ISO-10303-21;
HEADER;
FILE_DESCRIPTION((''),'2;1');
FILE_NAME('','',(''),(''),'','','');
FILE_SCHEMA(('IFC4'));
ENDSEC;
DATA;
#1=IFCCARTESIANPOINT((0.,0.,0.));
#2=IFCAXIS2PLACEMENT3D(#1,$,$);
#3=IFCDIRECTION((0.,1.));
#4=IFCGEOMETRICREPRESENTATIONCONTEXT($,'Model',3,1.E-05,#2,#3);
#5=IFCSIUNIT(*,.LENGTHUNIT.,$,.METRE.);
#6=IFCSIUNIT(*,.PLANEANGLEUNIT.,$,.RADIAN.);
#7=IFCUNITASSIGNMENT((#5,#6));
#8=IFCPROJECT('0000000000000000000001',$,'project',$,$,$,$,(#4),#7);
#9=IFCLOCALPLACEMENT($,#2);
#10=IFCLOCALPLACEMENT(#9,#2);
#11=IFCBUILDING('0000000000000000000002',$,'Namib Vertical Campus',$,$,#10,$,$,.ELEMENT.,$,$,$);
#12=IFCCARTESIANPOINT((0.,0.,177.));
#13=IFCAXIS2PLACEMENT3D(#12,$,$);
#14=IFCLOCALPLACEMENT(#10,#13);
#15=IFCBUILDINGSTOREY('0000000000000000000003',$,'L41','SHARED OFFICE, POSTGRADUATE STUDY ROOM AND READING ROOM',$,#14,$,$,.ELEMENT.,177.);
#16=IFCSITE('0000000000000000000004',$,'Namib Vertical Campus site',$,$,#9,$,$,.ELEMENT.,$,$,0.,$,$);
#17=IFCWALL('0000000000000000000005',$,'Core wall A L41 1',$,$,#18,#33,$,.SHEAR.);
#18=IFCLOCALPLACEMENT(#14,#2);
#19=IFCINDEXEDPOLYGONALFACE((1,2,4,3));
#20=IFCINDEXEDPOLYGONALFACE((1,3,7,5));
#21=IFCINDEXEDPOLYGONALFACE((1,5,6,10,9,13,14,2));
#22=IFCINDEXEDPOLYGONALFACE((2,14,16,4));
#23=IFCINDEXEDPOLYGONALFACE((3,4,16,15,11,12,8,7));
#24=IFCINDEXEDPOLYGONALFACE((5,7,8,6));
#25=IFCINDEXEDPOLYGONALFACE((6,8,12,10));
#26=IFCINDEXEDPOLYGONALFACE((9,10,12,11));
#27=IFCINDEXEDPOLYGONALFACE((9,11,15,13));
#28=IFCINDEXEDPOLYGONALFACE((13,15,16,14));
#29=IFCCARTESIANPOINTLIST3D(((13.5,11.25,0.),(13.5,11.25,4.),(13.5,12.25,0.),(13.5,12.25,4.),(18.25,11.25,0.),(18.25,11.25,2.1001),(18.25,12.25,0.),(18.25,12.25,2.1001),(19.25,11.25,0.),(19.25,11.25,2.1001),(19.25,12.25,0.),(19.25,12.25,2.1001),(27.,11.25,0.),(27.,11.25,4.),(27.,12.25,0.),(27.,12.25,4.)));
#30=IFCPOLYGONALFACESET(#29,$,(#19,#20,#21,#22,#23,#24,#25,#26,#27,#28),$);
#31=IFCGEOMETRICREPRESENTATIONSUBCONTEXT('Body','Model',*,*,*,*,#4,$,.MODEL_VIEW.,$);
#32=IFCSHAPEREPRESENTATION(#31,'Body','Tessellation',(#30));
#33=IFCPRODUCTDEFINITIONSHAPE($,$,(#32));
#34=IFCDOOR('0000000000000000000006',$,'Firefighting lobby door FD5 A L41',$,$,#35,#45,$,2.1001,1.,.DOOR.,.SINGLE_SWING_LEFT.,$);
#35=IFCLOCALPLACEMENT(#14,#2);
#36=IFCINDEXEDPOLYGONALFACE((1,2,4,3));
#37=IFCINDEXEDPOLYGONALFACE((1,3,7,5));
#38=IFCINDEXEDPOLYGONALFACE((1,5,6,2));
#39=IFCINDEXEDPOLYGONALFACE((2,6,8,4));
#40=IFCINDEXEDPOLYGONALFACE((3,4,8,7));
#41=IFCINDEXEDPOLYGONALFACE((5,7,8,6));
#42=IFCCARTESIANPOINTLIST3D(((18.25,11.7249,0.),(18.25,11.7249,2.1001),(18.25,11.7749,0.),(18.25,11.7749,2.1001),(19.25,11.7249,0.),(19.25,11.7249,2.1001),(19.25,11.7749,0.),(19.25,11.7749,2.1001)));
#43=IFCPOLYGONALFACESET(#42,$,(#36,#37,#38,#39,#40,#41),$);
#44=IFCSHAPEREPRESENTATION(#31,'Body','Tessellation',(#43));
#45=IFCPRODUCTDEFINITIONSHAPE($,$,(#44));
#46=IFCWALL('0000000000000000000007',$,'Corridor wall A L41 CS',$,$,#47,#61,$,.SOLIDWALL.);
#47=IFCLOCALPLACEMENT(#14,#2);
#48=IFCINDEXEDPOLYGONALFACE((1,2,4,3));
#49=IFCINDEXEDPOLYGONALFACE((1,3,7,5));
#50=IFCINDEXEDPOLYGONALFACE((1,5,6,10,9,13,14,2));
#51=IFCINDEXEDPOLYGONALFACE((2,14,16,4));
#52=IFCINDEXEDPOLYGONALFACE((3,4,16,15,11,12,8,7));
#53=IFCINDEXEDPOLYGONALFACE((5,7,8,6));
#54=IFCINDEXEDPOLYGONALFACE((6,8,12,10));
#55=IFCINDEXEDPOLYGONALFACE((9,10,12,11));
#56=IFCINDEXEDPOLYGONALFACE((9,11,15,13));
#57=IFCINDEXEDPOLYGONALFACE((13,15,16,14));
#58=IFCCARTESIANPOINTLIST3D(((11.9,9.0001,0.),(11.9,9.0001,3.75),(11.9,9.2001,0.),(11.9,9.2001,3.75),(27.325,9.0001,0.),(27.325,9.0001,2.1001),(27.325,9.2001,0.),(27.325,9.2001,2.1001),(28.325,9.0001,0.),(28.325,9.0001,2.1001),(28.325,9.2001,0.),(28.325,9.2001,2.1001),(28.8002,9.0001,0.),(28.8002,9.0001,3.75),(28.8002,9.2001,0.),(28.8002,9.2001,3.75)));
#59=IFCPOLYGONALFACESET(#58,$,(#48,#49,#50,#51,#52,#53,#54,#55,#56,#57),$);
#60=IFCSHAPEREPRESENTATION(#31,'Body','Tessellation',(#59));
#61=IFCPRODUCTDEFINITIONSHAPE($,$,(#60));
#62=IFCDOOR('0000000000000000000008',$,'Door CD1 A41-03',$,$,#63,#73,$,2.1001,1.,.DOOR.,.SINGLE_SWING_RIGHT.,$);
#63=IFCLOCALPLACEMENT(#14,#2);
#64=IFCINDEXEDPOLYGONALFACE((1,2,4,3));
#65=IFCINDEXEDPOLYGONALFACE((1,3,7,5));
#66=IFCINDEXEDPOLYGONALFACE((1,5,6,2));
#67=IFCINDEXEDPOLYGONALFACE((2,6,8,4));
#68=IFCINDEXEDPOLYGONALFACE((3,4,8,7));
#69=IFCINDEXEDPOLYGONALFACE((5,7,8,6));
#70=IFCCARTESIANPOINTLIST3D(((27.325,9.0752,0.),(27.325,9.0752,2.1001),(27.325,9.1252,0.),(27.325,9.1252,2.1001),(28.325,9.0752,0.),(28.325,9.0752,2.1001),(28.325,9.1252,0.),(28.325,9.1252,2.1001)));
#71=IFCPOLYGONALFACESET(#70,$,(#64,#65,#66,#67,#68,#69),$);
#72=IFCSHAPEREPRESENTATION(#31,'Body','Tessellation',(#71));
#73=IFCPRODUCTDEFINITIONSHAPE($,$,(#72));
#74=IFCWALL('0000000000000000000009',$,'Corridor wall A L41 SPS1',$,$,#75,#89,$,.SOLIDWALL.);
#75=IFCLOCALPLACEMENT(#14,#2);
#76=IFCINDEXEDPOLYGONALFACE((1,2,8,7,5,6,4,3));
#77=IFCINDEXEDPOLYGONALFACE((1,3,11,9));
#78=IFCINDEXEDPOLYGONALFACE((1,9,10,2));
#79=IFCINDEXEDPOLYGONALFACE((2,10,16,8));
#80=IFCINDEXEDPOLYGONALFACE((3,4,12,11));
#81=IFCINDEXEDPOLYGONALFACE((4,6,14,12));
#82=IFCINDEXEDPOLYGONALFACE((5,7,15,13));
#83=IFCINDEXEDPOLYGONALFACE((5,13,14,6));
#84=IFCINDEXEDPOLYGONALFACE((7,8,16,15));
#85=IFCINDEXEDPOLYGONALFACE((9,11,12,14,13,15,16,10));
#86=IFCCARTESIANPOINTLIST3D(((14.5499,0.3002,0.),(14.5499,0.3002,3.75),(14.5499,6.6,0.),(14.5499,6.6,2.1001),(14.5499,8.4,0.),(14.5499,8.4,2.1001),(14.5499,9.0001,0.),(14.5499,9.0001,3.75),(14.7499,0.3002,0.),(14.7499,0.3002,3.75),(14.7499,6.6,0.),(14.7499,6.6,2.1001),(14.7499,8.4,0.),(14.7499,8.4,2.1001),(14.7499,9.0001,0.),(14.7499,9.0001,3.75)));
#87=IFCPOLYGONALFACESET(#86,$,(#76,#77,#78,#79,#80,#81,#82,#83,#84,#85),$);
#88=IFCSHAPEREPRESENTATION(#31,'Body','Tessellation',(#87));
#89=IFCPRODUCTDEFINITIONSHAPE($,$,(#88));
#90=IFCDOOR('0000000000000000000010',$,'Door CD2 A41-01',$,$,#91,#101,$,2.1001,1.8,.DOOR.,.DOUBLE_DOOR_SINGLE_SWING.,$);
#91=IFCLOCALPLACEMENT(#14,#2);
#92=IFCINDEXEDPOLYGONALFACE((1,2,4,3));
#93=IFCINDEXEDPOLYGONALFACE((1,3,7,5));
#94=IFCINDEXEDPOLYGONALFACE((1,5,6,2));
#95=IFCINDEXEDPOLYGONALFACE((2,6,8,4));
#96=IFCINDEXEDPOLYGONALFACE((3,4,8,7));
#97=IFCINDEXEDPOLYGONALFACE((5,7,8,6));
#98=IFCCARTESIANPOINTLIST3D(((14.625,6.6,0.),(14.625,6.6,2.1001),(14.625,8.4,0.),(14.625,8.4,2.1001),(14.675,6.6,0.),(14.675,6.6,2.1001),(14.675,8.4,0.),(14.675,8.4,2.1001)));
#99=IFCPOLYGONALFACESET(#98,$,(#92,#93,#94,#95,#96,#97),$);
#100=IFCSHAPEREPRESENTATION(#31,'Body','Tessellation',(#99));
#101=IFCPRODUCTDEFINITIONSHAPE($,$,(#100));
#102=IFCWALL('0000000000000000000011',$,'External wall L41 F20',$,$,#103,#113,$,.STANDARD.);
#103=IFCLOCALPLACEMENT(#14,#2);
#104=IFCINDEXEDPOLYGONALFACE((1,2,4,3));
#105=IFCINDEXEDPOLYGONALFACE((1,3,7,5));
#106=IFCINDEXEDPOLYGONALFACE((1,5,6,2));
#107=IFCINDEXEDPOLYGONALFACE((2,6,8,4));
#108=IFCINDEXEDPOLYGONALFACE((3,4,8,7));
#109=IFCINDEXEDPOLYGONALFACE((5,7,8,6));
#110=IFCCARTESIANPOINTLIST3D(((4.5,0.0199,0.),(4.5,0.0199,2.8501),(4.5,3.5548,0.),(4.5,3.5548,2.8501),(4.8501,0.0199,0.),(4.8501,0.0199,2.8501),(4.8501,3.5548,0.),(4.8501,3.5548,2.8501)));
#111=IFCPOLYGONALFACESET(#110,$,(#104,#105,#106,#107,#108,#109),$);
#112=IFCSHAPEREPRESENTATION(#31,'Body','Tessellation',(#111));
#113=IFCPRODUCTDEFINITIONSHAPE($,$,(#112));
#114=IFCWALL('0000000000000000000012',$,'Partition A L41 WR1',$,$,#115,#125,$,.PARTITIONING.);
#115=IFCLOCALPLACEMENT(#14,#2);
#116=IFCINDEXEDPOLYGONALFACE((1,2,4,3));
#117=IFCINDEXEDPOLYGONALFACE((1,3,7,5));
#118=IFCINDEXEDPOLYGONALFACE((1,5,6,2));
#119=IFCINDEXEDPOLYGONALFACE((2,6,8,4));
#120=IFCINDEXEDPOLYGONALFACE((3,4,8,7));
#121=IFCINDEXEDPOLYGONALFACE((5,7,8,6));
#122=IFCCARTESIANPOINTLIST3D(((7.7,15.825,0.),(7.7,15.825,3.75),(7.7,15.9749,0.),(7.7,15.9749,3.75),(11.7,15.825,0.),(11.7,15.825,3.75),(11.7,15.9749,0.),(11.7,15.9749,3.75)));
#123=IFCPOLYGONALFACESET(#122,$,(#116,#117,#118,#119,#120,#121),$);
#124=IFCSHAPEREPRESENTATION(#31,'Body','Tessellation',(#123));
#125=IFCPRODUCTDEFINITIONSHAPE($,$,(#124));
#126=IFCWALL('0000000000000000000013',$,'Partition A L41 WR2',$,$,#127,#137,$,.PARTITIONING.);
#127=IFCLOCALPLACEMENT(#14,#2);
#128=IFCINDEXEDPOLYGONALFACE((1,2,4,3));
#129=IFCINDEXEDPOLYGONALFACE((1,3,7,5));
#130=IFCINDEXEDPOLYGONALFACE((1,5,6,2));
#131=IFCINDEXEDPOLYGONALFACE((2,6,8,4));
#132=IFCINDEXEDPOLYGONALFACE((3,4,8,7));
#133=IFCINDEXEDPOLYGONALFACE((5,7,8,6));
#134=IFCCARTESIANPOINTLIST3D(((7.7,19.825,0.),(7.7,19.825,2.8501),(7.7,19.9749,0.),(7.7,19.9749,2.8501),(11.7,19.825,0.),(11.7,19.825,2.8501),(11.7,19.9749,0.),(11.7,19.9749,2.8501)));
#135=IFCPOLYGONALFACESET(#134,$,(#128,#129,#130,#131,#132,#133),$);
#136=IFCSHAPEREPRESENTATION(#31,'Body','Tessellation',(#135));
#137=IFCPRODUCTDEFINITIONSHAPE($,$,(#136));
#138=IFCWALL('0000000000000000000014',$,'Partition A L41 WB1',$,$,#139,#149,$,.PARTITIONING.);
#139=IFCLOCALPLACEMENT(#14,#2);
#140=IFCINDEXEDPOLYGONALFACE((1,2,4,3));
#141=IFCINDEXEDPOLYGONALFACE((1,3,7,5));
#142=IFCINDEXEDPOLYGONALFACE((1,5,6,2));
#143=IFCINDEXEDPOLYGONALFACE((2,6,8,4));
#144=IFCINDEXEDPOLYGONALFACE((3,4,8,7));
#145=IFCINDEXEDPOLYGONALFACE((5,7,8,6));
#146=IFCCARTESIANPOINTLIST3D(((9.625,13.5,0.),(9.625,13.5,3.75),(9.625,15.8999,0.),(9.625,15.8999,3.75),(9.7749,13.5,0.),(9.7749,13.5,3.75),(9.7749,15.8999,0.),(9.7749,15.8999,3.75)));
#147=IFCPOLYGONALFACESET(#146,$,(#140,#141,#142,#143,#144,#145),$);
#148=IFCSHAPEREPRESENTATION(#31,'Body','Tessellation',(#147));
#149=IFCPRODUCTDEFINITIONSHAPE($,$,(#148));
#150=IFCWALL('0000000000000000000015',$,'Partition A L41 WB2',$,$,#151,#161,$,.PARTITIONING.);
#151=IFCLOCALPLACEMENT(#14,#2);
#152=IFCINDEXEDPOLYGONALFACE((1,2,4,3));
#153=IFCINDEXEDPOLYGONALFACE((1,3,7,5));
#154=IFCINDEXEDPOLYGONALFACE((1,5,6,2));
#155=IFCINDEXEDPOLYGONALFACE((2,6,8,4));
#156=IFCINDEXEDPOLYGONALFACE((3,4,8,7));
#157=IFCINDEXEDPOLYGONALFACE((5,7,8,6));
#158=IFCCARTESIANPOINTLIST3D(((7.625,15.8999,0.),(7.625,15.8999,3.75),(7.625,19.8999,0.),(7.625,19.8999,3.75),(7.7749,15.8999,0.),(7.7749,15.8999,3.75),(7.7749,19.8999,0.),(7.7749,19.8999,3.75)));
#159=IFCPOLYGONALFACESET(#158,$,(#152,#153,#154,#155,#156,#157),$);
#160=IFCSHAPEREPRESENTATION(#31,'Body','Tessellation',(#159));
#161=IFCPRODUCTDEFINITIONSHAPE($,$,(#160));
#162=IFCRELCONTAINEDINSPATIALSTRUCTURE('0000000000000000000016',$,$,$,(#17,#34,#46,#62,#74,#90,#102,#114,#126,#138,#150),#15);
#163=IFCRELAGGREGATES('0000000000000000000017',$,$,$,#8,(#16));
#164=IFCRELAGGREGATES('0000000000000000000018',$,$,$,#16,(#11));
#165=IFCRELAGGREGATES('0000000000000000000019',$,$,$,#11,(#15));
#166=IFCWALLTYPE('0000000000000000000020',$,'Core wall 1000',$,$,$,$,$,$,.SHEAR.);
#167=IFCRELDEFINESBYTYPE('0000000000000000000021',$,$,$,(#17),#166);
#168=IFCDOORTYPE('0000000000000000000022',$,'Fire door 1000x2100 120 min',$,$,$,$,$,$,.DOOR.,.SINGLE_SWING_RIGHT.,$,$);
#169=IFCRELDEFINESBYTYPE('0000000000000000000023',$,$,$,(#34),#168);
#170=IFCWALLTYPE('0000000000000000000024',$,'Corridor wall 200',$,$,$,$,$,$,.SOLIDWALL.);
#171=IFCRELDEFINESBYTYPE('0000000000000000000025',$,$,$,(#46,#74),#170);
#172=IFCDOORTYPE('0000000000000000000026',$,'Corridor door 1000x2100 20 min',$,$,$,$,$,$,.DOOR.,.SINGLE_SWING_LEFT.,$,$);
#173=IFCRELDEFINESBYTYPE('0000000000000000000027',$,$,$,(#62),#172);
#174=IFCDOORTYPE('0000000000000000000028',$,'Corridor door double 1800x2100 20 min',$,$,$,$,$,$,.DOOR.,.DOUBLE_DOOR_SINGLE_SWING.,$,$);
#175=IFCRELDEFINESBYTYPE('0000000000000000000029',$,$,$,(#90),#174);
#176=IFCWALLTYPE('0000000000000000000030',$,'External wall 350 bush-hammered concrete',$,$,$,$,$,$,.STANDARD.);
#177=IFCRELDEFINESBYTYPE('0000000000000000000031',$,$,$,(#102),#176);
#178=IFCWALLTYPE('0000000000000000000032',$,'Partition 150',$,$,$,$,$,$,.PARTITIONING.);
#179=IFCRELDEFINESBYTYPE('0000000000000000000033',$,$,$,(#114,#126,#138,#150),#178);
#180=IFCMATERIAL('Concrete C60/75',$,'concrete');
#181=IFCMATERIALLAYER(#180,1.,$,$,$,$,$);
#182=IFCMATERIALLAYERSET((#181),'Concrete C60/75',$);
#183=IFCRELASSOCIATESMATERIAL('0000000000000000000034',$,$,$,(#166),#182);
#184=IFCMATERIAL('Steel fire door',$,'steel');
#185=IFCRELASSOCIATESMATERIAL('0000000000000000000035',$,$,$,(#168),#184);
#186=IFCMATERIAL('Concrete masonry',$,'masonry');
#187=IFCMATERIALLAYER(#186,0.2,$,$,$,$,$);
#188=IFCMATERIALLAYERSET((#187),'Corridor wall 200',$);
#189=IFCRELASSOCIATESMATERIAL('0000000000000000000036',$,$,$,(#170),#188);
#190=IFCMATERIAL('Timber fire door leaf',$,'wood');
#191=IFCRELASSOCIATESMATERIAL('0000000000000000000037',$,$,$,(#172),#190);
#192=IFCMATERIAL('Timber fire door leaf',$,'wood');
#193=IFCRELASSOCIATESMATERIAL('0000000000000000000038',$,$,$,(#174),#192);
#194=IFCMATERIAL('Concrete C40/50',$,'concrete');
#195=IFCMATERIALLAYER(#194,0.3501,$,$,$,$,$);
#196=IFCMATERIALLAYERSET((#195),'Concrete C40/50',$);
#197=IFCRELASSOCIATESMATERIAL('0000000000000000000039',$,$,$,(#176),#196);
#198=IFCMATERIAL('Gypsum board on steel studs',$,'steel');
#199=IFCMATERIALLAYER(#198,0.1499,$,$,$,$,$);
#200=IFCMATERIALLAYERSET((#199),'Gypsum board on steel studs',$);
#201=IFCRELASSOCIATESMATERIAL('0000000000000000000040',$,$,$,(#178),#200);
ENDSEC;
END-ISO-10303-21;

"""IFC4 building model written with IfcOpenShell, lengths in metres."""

from ifc_helpers import new_model, si_unit, direction, frame, frame_2d, origin, place, context, subcontext, project, spatial, rectangle, extrude, material, layer, layer_set, type_object, element, fill, save


model = new_model("IFC4")

# Units and contexts
model_context = context("Model", 3, precision=1e-05, world=origin(), true_north=direction((0.0, 1.0)))
body_context = subcontext(model_context, "Body", "Model", "MODEL_VIEW")
ifc_project = project(units=[si_unit("LENGTHUNIT", "METRE"), si_unit("PLANEANGLEUNIT", "RADIAN")], contexts=[model_context])

# Site, building, storey
site_placement = place(None, origin())
site = spatial("IfcSite", under=ifc_project, at=site_placement, Name="Namib Vertical Campus site", CompositionType="ELEMENT", RefElevation=0.0)
building_placement = place(site_placement, origin())
building = spatial("IfcBuilding", under=site, at=building_placement, Name="Namib Vertical Campus", CompositionType="ELEMENT")
storey_placement = place(building_placement, frame((0.0, 0.0, 177.0)))
storey = spatial("IfcBuildingStorey", under=building, at=storey_placement, Name="L41", Description="SHARED OFFICE, POSTGRADUATE STUDY ROOM AND READING ROOM", CompositionType="ELEMENT", Elevation=177.0)

# Walls, openings, doors
ifc_material_1 = material(Name="Concrete C60/75", Category="concrete")
ifc_layer_1 = layer(ifc_material_1, 1.0)
ifc_layer_set_1 = layer_set([ifc_layer_1], Name="Concrete C60/75")
wall_type_1 = type_object("IfcWallType", Name="Core wall 1000", PredefinedType="SHEAR", material=ifc_layer_set_1)
wall_1_placement = place(storey_placement, frame((13.5, 11.75, 0.0), z_axis=(0.0, 0.0, 1.0), x_axis=(1.0, 0.0, 0.0)))
wall_1 = element("IfcWall", 1, at=wall_1_placement, inside=storey, type_object=wall_type_1, Name="Core wall A L41 1", PredefinedType="SHEAR", context=body_context, shape_type="SweptSolid", body=[
    extrude(rectangle(XDim=13.5, YDim=1.0, at=frame_2d((6.75, 0.0))), origin(), (0.0, 0.0, 1.0), 4.0),
])
opening_1_placement = place(wall_1_placement, frame((4.75, 0.0, 0.0)))
opening_1 = element("IfcOpeningElement", 2, at=opening_1_placement, cuts=wall_1, PredefinedType="OPENING", context=body_context, shape_type="SweptSolid", body=[
    extrude(rectangle(XDim=1.0, YDim=2.1001, at=frame_2d((0.5, 1.05))), frame((0.0, 0.51, 0.0), z_axis=(0.0, -1.0, 0.0), x_axis=(1.0, 0.0, 0.0)), (0.0, 0.0, 1.0), 1.02),
])
ifc_material_2 = material(Name="Steel fire door", Category="steel")
door_type_1 = type_object("IfcDoorType", Name="Fire door 1000x2100 120 min", OperationType="SINGLE_SWING_RIGHT", PredefinedType="DOOR", material=ifc_material_2)
door_1_placement = place(opening_1_placement, origin())
door_1 = element("IfcDoor", 3, at=door_1_placement, inside=storey, type_object=door_type_1, Name="Firefighting lobby door FD5 A L41", OperationType="SINGLE_SWING_LEFT", OverallHeight=2.1001, OverallWidth=1.0, PredefinedType="DOOR", context=body_context, shape_type="SweptSolid", body=[
    extrude(rectangle(XDim=1.0, YDim=2.1001, at=frame_2d((0.5, 1.05))), frame((0.0, 0.0249, 0.0), z_axis=(0.0, -1.0, 0.0), x_axis=(1.0, 0.0, 0.0)), (0.0, 0.0, 1.0), 0.05),
])
fill(opening_1, door_1)
ifc_material_3 = material(Name="Concrete masonry", Category="masonry")
ifc_layer_2 = layer(ifc_material_3, 0.2)
ifc_layer_set_2 = layer_set([ifc_layer_2], Name="Corridor wall 200")
wall_type_2 = type_object("IfcWallType", Name="Corridor wall 200", PredefinedType="SOLIDWALL", material=ifc_layer_set_2)
wall_2_placement = place(storey_placement, frame((11.8999, 9.1001, 0.0), z_axis=(0.0, 0.0, 1.0), x_axis=(1.0, 0.0, 0.0)))
wall_2 = element("IfcWall", 4, at=wall_2_placement, inside=storey, type_object=wall_type_2, Name="Corridor wall A L41 CS", PredefinedType="SOLIDWALL", context=body_context, shape_type="SweptSolid", body=[
    extrude(rectangle(XDim=16.9001, YDim=0.2, at=frame_2d((8.4502, 0.0))), origin(), (0.0, 0.0, 1.0), 3.75),
])
opening_2_placement = place(wall_2_placement, frame((15.425, 0.0, 0.0)))
opening_2 = element("IfcOpeningElement", 5, at=opening_2_placement, cuts=wall_2, PredefinedType="OPENING", context=body_context, shape_type="SweptSolid", body=[
    extrude(rectangle(XDim=1.0, YDim=2.1001, at=frame_2d((0.5, 1.05))), frame((0.0, 0.1099, 0.0), z_axis=(0.0, -1.0, 0.0), x_axis=(1.0, 0.0, 0.0)), (0.0, 0.0, 1.0), 0.22),
])
ifc_material_4 = material(Name="Timber fire door leaf", Category="wood")
door_type_2 = type_object("IfcDoorType", Name="Corridor door 1000x2100 20 min", OperationType="SINGLE_SWING_LEFT", PredefinedType="DOOR", material=ifc_material_4)
door_2_placement = place(opening_2_placement, frame((1.0, 0.0, 0.0), z_axis=(0.0, 0.0, 1.0), x_axis=(-1.0, 0.0, 0.0)))
door_2 = element("IfcDoor", 6, at=door_2_placement, inside=storey, type_object=door_type_2, Name="Door CD1 A41-03", OperationType="SINGLE_SWING_RIGHT", OverallHeight=2.1001, OverallWidth=1.0, PredefinedType="DOOR", context=body_context, shape_type="SweptSolid", body=[
    extrude(rectangle(XDim=1.0, YDim=2.1001, at=frame_2d((0.5, 1.05))), frame((0.0, 0.0249, 0.0), z_axis=(0.0, -1.0, 0.0), x_axis=(1.0, 0.0, 0.0)), (0.0, 0.0, 1.0), 0.05),
])
fill(opening_2, door_2)
wall_3_placement = place(storey_placement, frame((14.6499, 0.3, 0.0), z_axis=(0.0, 0.0, 1.0), x_axis=(0.0, 1.0, 0.0)))
wall_3 = element("IfcWall", 7, at=wall_3_placement, inside=storey, type_object=wall_type_2, Name="Corridor wall A L41 SPS1", PredefinedType="SOLIDWALL", context=body_context, shape_type="SweptSolid", body=[
    extrude(rectangle(XDim=8.7, YDim=0.2, at=frame_2d((4.3501, 0.0))), origin(), (0.0, 0.0, 1.0), 3.75),
])
opening_3_placement = place(wall_3_placement, frame((6.3, 0.0, 0.0)))
opening_3 = element("IfcOpeningElement", 8, at=opening_3_placement, cuts=wall_3, PredefinedType="OPENING", context=body_context, shape_type="SweptSolid", body=[
    extrude(rectangle(XDim=1.8, YDim=2.1001, at=frame_2d((0.8999, 1.05))), frame((0.0, 0.1099, 0.0), z_axis=(0.0, -1.0, 0.0), x_axis=(1.0, 0.0, 0.0)), (0.0, 0.0, 1.0), 0.22),
])
ifc_material_5 = material(Name="Timber fire door leaf", Category="wood")
door_type_3 = type_object("IfcDoorType", Name="Corridor door double 1800x2100 20 min", OperationType="DOUBLE_DOOR_SINGLE_SWING", PredefinedType="DOOR", material=ifc_material_5)
door_3_placement = place(opening_3_placement, origin())
door_3 = element("IfcDoor", 9, at=door_3_placement, inside=storey, type_object=door_type_3, Name="Door CD2 A41-01", OperationType="DOUBLE_DOOR_SINGLE_SWING", OverallHeight=2.1001, OverallWidth=1.8, PredefinedType="DOOR", context=body_context, shape_type="SweptSolid", body=[
    extrude(rectangle(XDim=1.8, YDim=2.1001, at=frame_2d((0.8999, 1.05))), frame((0.0, 0.0249, 0.0), z_axis=(0.0, -1.0, 0.0), x_axis=(1.0, 0.0, 0.0)), (0.0, 0.0, 1.0), 0.05),
])
fill(opening_3, door_3)

# Walls
ifc_material_6 = material(Name="Concrete C40/50", Category="concrete")
ifc_layer_3 = layer(ifc_material_6, 0.3501)
ifc_layer_set_3 = layer_set([ifc_layer_3], Name="Concrete C40/50")
wall_type_3 = type_object("IfcWallType", Name="External wall 350 bush-hammered concrete", PredefinedType="STANDARD", material=ifc_layer_set_3)
wall_4_placement = place(storey_placement, frame((4.675, 3.5549, 0.0), z_axis=(0.0, 0.0, 1.0), x_axis=(0.0, -1.0, 0.0)))
element("IfcWall", 10, at=wall_4_placement, inside=storey, type_object=wall_type_3, Name="External wall L41 F20", PredefinedType="STANDARD", context=body_context, shape_type="SweptSolid", body=[
    extrude(rectangle(XDim=3.5349, YDim=0.3501, at=frame_2d((1.7676, 0.0))), origin(), (0.0, 0.0, 1.0), 2.8501),
])
ifc_material_7 = material(Name="Gypsum board on steel studs", Category="steel")
ifc_layer_4 = layer(ifc_material_7, 0.1499)
ifc_layer_set_4 = layer_set([ifc_layer_4], Name="Gypsum board on steel studs")
wall_type_4 = type_object("IfcWallType", Name="Partition 150", PredefinedType="PARTITIONING", material=ifc_layer_set_4)
wall_5_placement = place(storey_placement, frame((11.7, 15.8999, 0.0), z_axis=(0.0, 0.0, 1.0), x_axis=(-1.0, 0.0, 0.0)))
element("IfcWall", 11, at=wall_5_placement, inside=storey, type_object=wall_type_4, Name="Partition A L41 WR1", PredefinedType="PARTITIONING", context=body_context, shape_type="SweptSolid", body=[
    extrude(rectangle(XDim=4.0, YDim=0.1499, at=frame_2d((2.0, 0.0))), origin(), (0.0, 0.0, 1.0), 3.75),
])
wall_6_placement = place(storey_placement, frame((11.7, 19.8999, 0.0), z_axis=(0.0, 0.0, 1.0), x_axis=(-1.0, 0.0, 0.0)))
element("IfcWall", 12, at=wall_6_placement, inside=storey, type_object=wall_type_4, Name="Partition A L41 WR2", PredefinedType="PARTITIONING", context=body_context, shape_type="SweptSolid", body=[
    extrude(rectangle(XDim=4.0, YDim=0.1499, at=frame_2d((2.0, 0.0))), origin(), (0.0, 0.0, 1.0), 2.8501),
])
wall_7_placement = place(storey_placement, frame((9.7, 13.5, 0.0), z_axis=(0.0, 0.0, 1.0), x_axis=(0.0, 1.0, 0.0)))
element("IfcWall", 13, at=wall_7_placement, inside=storey, type_object=wall_type_4, Name="Partition A L41 WB1", PredefinedType="PARTITIONING", context=body_context, shape_type="SweptSolid", body=[
    extrude(rectangle(XDim=2.3999, YDim=0.1499, at=frame_2d((1.2, 0.0))), origin(), (0.0, 0.0, 1.0), 3.75),
])
wall_8_placement = place(storey_placement, frame((7.7, 15.8999, 0.0), z_axis=(0.0, 0.0, 1.0), x_axis=(0.0, 1.0, 0.0)))
element("IfcWall", 14, at=wall_8_placement, inside=storey, type_object=wall_type_4, Name="Partition A L41 WB2", PredefinedType="PARTITIONING", context=body_context, shape_type="SweptSolid", body=[
    extrude(rectangle(XDim=4.0, YDim=0.1499, at=frame_2d((2.0, 0.0))), origin(), (0.0, 0.0, 1.0), 3.75),
])

save(model, "model.ifc")
